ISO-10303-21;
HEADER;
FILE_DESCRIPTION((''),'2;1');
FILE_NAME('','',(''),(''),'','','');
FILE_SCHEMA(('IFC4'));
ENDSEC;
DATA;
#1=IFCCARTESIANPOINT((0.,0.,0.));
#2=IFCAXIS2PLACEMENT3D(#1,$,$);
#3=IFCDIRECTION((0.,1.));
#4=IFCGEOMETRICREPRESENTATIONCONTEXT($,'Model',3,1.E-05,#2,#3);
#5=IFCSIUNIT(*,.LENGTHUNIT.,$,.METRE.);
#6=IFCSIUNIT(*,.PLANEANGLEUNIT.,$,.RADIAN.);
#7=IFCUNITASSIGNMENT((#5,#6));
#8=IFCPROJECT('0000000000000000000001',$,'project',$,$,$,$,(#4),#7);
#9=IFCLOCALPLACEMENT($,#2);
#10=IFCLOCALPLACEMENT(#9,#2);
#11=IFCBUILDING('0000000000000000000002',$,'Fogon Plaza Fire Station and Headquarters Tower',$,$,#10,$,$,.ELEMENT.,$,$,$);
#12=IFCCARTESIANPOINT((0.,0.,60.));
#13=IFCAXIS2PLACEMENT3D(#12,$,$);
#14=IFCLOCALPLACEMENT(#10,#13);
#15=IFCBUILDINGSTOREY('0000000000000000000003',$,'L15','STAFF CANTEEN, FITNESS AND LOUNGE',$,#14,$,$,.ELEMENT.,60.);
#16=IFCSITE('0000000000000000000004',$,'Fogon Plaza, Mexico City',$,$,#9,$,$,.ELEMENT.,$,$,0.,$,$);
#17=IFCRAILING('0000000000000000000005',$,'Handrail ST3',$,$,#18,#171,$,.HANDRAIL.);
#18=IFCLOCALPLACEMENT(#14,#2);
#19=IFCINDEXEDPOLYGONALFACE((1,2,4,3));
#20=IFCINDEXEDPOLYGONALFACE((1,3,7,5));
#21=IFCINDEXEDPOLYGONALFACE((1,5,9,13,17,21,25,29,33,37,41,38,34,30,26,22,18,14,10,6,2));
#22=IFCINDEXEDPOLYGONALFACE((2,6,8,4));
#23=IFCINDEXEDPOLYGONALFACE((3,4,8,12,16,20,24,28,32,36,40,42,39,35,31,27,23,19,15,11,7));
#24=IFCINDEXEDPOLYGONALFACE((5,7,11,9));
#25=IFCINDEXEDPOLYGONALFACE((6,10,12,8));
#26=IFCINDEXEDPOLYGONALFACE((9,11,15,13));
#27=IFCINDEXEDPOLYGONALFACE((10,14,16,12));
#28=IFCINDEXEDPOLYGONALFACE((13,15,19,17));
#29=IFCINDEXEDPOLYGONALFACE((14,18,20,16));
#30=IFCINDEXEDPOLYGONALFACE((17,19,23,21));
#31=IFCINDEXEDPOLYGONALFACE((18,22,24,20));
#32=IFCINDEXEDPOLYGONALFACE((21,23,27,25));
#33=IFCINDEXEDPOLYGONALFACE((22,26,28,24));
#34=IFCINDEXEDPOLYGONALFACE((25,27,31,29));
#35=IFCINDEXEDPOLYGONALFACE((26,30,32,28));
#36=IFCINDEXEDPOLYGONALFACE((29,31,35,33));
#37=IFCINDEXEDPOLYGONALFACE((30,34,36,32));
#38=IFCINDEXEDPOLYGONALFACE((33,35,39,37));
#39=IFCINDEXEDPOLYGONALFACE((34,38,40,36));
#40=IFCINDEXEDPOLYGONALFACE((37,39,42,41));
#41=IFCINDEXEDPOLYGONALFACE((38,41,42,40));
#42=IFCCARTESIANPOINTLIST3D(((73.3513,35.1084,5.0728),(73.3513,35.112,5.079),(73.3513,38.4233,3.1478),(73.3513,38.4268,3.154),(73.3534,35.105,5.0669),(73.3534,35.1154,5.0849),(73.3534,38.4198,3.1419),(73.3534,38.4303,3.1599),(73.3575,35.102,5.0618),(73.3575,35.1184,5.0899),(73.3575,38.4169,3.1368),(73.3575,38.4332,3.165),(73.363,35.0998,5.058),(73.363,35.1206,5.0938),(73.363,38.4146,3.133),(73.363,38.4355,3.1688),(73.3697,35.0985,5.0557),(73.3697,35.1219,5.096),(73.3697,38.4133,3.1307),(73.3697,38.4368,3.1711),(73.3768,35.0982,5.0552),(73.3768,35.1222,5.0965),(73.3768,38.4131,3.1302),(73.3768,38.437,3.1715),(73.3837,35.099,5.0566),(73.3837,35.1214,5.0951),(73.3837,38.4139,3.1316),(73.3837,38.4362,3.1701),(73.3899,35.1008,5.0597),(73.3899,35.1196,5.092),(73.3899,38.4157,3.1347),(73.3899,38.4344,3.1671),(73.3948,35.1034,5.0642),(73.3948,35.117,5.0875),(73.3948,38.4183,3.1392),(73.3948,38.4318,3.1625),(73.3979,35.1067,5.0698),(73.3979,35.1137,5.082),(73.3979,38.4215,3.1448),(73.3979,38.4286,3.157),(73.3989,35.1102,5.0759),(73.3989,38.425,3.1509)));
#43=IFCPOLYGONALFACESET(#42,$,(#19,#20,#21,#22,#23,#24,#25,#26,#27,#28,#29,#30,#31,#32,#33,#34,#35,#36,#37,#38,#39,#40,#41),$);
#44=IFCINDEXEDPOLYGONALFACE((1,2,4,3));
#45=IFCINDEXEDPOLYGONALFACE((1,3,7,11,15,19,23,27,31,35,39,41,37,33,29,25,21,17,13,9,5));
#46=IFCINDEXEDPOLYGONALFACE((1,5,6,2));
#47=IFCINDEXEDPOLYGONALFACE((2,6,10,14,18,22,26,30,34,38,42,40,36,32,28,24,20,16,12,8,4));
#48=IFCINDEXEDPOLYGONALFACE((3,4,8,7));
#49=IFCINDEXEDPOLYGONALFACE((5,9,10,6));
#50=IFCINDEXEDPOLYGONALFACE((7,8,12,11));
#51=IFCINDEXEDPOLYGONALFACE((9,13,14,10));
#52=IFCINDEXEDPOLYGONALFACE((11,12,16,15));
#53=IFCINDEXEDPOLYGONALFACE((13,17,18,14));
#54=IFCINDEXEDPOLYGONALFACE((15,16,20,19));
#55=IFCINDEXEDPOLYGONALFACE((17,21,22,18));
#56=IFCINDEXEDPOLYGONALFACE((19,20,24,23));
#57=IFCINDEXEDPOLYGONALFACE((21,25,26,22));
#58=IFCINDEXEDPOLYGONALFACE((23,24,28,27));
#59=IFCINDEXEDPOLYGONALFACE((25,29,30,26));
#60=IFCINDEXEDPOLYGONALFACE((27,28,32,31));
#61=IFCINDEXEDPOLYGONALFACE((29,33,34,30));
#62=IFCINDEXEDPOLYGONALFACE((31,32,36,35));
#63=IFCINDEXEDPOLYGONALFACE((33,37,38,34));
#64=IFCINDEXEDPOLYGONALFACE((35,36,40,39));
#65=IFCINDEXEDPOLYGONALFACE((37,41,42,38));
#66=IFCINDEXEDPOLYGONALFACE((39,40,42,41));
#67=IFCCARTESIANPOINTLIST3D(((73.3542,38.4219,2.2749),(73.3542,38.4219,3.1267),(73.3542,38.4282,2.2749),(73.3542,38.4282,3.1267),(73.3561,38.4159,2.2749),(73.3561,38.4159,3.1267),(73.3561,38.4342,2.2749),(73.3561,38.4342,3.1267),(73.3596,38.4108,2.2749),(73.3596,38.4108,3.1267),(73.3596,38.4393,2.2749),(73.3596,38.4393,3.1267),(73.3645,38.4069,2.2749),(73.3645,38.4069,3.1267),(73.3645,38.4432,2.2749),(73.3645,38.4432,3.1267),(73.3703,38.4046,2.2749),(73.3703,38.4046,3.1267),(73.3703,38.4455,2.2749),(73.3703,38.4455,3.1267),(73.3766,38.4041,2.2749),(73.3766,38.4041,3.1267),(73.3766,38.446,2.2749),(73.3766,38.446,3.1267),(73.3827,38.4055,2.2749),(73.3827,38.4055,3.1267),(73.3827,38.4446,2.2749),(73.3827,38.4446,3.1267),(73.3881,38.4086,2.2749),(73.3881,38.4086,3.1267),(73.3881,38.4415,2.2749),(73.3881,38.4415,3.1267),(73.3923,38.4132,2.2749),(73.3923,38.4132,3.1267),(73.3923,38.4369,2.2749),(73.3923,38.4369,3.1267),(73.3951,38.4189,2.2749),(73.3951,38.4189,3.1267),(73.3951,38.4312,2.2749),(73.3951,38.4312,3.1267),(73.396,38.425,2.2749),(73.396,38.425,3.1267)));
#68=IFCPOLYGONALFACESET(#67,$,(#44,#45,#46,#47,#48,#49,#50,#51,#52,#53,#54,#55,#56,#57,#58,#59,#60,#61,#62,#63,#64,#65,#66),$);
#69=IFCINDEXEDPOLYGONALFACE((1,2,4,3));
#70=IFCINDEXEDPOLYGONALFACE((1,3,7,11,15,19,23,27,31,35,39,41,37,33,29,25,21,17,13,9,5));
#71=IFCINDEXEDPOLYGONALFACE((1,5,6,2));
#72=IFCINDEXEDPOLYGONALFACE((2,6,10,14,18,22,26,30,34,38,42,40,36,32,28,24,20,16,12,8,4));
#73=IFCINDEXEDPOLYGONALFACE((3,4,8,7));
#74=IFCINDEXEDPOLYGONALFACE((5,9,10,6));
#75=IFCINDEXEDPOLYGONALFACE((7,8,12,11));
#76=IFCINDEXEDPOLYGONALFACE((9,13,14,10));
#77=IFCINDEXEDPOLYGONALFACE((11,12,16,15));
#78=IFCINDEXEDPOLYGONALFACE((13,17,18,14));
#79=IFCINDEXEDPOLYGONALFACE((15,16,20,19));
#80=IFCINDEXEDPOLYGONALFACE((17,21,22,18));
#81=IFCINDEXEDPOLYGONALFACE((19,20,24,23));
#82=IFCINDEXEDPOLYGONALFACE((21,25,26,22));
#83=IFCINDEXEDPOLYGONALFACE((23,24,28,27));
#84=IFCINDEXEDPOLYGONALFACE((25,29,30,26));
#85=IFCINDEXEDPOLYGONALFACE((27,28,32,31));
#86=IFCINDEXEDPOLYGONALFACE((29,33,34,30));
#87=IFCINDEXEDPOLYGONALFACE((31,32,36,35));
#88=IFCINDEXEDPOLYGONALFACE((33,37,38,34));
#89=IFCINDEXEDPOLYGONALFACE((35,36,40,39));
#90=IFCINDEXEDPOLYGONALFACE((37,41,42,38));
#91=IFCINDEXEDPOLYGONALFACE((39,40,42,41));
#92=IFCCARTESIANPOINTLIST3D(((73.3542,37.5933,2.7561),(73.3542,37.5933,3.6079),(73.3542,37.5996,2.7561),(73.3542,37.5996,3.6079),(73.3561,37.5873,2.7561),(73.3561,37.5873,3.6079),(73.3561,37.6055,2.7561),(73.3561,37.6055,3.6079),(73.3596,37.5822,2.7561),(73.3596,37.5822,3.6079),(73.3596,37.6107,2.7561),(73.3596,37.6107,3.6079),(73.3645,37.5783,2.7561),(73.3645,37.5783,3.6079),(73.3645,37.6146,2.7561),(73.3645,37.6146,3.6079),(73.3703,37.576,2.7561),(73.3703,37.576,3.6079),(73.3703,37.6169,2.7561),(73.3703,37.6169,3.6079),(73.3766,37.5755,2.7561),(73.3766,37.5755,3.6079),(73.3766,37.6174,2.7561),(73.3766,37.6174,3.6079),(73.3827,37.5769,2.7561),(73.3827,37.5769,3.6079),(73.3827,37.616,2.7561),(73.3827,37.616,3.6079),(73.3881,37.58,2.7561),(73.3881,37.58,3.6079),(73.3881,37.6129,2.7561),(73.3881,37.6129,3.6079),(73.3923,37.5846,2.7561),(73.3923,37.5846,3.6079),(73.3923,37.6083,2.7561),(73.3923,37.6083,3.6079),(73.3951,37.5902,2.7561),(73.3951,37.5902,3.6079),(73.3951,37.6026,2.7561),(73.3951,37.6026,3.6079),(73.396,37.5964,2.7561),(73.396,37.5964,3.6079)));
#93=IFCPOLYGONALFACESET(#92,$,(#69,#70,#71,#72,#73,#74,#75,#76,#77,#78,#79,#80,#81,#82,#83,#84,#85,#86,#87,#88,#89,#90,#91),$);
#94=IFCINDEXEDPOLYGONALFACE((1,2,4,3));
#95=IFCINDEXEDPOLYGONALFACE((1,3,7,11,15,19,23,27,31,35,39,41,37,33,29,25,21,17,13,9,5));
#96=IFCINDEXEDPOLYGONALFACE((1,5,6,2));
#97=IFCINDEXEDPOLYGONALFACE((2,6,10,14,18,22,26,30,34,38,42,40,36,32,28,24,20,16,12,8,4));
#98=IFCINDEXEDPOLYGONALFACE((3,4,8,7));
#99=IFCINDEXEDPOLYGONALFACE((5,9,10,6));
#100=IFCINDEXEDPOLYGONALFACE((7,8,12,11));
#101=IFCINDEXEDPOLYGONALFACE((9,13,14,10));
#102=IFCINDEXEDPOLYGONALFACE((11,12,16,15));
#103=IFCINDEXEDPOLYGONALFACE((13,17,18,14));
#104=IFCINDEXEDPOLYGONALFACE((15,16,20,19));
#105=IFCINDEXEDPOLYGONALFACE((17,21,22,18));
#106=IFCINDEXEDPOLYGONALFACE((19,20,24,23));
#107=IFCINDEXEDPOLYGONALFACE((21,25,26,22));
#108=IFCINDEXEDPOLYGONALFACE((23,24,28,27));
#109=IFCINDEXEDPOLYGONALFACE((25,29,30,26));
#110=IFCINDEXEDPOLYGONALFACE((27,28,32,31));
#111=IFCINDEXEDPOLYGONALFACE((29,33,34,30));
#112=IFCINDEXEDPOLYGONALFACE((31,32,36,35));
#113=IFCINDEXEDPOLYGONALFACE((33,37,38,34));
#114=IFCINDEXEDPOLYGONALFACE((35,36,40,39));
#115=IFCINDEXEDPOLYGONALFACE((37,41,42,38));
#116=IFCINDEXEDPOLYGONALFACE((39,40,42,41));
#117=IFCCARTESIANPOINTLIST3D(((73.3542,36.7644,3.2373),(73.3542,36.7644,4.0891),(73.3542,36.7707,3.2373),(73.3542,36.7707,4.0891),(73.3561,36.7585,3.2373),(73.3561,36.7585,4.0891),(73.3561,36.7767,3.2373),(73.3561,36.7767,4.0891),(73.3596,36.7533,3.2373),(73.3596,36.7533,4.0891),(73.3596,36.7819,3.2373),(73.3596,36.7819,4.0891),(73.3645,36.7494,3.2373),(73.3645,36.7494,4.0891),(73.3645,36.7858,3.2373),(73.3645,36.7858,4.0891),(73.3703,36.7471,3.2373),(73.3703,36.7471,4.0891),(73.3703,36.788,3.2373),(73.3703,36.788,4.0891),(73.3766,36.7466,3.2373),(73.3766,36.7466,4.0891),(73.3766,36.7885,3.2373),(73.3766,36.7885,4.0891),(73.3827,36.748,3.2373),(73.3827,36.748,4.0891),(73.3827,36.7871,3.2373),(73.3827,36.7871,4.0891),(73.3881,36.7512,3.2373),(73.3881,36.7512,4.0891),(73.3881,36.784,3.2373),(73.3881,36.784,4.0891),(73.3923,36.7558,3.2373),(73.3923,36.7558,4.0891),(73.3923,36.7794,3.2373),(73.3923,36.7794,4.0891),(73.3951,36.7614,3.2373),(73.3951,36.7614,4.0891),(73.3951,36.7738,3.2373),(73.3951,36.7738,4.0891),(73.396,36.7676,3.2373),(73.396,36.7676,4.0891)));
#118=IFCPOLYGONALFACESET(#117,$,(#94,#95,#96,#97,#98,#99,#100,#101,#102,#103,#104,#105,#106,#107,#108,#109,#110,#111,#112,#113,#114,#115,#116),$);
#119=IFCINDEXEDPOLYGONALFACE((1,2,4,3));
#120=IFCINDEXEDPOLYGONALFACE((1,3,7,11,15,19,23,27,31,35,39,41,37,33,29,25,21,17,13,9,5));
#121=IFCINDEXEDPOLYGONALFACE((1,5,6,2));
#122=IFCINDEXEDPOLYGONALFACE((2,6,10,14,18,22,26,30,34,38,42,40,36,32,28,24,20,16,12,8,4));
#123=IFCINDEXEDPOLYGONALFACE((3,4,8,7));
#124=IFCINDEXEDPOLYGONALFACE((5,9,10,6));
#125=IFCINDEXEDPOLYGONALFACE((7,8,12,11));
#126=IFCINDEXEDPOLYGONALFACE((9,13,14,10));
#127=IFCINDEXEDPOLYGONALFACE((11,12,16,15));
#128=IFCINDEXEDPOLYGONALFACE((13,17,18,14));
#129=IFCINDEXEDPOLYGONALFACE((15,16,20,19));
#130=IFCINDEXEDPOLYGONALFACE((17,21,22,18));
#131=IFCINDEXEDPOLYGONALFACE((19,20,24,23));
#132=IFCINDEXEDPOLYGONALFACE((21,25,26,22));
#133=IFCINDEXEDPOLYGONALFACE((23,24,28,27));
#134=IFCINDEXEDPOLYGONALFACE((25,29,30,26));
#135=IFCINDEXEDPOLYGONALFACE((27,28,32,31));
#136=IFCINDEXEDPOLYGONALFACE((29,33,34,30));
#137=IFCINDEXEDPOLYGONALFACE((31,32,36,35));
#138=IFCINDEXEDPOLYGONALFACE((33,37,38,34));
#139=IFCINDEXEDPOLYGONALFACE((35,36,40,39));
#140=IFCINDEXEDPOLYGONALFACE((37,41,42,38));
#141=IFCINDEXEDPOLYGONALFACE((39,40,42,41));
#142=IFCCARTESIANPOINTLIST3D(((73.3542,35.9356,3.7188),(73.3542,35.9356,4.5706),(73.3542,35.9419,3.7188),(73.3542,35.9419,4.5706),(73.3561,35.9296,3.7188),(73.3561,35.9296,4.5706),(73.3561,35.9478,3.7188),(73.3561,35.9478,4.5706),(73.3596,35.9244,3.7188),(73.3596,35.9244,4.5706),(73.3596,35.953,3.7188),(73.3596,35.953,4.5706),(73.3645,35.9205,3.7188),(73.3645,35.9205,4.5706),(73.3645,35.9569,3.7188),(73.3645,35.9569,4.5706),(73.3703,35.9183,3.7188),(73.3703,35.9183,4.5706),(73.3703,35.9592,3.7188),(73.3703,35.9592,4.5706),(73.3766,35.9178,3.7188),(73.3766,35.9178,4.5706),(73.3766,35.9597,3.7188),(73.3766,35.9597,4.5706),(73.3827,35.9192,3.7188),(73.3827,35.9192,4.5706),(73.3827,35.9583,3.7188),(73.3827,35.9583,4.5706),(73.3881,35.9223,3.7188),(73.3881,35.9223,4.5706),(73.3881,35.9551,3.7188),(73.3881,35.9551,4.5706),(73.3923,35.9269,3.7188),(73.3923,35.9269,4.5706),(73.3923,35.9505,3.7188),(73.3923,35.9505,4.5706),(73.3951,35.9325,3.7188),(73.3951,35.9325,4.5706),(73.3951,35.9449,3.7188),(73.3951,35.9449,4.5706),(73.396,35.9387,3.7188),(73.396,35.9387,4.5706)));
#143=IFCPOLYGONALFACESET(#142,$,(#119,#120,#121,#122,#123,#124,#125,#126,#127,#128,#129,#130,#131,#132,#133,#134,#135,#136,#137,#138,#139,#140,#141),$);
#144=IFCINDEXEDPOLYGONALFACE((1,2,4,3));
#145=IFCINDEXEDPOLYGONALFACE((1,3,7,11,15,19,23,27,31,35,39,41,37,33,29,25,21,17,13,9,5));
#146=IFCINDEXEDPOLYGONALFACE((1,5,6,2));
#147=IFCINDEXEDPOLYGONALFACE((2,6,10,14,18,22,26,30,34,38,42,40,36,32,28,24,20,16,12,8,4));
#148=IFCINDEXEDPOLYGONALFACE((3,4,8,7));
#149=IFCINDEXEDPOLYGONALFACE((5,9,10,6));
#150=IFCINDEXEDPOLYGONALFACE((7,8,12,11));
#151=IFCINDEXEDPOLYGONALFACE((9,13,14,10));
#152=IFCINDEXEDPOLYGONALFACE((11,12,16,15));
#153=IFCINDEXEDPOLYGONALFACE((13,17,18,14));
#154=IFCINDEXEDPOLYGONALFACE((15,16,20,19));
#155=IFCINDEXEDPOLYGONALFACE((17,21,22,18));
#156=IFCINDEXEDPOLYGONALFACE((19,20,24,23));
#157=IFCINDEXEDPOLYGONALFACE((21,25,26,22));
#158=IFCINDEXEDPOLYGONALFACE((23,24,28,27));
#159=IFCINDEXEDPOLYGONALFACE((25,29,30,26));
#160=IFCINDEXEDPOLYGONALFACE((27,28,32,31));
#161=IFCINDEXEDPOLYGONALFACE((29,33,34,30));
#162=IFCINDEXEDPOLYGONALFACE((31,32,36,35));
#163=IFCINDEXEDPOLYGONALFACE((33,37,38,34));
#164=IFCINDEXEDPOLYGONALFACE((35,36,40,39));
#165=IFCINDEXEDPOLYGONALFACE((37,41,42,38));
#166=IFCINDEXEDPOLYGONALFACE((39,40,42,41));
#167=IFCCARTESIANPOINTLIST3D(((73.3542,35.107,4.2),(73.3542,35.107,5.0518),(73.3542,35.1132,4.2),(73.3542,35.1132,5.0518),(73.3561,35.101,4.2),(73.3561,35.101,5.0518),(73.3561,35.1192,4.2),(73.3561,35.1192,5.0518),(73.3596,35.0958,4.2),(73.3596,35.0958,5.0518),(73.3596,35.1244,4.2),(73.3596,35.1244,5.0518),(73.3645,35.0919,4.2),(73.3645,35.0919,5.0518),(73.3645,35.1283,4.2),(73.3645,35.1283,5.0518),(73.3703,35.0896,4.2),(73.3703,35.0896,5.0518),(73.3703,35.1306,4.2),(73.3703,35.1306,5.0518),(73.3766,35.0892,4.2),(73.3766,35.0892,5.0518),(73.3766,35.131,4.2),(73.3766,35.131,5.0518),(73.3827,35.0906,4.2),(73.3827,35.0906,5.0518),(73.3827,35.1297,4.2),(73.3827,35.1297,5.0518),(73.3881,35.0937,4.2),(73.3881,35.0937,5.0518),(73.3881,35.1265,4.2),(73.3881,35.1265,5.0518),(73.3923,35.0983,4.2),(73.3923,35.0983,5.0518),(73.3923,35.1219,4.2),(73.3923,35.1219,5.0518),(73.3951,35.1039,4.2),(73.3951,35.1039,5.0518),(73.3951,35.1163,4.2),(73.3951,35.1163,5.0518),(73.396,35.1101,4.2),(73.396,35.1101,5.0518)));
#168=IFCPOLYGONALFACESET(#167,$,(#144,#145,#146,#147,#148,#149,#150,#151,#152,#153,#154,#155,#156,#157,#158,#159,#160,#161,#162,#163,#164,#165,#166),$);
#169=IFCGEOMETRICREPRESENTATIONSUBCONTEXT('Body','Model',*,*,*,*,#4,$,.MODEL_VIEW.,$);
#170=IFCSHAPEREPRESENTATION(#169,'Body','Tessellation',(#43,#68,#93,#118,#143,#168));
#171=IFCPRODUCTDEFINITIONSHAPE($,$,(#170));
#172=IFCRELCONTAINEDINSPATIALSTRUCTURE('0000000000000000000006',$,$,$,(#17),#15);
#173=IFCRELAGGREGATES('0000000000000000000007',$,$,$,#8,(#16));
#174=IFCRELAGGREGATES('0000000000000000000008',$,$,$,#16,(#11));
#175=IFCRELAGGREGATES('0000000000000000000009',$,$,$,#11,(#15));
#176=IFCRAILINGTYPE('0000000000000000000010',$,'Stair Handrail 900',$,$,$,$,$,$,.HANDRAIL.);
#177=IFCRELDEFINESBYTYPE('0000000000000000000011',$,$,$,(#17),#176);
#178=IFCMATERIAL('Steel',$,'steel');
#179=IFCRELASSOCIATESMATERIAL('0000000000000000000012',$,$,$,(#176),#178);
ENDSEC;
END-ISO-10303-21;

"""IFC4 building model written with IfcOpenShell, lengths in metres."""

from ifc_helpers import new_model, si_unit, direction, frame, origin, origin_2d, place, context, subcontext, project, spatial, circle, extrude, material, type_object, element, save


model = new_model("IFC4")

# Units and contexts
model_context = context("Model", 3, precision=1e-05, world=origin(), true_north=direction((0.0, 1.0)))
body_context = subcontext(model_context, "Body", "Model", "MODEL_VIEW")
ifc_project = project(units=[si_unit("LENGTHUNIT", "METRE"), si_unit("PLANEANGLEUNIT", "RADIAN")], contexts=[model_context])

# Site, building, storey
site_placement = place(None, origin())
site = spatial("IfcSite", under=ifc_project, at=site_placement, Name="Fogon Plaza, Mexico City", CompositionType="ELEMENT", RefElevation=0.0)
building_placement = place(site_placement, origin())
building = spatial("IfcBuilding", under=site, at=building_placement, Name="Fogon Plaza Fire Station and Headquarters Tower", CompositionType="ELEMENT")
storey_placement = place(building_placement, frame((0.0, 0.0, 60.0)))
storey = spatial("IfcBuildingStorey", under=building, at=storey_placement, Name="L15", Description="STAFF CANTEEN, FITNESS AND LOUNGE", CompositionType="ELEMENT", Elevation=60.0)

# Railing
ifc_material_1 = material(Name="Steel", Category="steel")
railing_type = type_object("IfcRailingType", Name="Stair Handrail 900", PredefinedType="HANDRAIL", material=ifc_material_1)
for number, where, name in (
    (1, (73.375, 38.425, 2.2749), "Handrail ST3"),
):
    element("IfcRailing", number, at=place(storey_placement, frame(where)), inside=storey, type_object=railing_type, Name=name, PredefinedType="HANDRAIL", context=body_context, shape_type="SweptSolid", body=[
        extrude(circle(Radius=0.0239, at=origin_2d()), frame((0.0, 0.0, 0.876), z_axis=(0.0, -0.864761, 0.502183), x_axis=(1.0, 0.0, 0.0)), (0.0, 0.0, 1.0), 3.8333),
        extrude(circle(Radius=0.021, at=origin_2d()), origin(), (0.0, 0.0, 1.0), 0.8518),
        extrude(circle(Radius=0.021, at=origin_2d()), frame((0.0, -0.8286, 0.4812)), (0.0, 0.0, 1.0), 0.8518),
        extrude(circle(Radius=0.021, at=origin_2d()), frame((0.0, -1.6575, 0.9624)), (0.0, 0.0, 1.0), 0.8518),
        extrude(circle(Radius=0.021, at=origin_2d()), frame((0.0, -2.4863, 1.4438)), (0.0, 0.0, 1.0), 0.8518),
        extrude(circle(Radius=0.021, at=origin_2d()), frame((0.0, -3.3149, 1.925)), (0.0, 0.0, 1.0), 0.8518),
    ])

save(model, "model.ifc")
